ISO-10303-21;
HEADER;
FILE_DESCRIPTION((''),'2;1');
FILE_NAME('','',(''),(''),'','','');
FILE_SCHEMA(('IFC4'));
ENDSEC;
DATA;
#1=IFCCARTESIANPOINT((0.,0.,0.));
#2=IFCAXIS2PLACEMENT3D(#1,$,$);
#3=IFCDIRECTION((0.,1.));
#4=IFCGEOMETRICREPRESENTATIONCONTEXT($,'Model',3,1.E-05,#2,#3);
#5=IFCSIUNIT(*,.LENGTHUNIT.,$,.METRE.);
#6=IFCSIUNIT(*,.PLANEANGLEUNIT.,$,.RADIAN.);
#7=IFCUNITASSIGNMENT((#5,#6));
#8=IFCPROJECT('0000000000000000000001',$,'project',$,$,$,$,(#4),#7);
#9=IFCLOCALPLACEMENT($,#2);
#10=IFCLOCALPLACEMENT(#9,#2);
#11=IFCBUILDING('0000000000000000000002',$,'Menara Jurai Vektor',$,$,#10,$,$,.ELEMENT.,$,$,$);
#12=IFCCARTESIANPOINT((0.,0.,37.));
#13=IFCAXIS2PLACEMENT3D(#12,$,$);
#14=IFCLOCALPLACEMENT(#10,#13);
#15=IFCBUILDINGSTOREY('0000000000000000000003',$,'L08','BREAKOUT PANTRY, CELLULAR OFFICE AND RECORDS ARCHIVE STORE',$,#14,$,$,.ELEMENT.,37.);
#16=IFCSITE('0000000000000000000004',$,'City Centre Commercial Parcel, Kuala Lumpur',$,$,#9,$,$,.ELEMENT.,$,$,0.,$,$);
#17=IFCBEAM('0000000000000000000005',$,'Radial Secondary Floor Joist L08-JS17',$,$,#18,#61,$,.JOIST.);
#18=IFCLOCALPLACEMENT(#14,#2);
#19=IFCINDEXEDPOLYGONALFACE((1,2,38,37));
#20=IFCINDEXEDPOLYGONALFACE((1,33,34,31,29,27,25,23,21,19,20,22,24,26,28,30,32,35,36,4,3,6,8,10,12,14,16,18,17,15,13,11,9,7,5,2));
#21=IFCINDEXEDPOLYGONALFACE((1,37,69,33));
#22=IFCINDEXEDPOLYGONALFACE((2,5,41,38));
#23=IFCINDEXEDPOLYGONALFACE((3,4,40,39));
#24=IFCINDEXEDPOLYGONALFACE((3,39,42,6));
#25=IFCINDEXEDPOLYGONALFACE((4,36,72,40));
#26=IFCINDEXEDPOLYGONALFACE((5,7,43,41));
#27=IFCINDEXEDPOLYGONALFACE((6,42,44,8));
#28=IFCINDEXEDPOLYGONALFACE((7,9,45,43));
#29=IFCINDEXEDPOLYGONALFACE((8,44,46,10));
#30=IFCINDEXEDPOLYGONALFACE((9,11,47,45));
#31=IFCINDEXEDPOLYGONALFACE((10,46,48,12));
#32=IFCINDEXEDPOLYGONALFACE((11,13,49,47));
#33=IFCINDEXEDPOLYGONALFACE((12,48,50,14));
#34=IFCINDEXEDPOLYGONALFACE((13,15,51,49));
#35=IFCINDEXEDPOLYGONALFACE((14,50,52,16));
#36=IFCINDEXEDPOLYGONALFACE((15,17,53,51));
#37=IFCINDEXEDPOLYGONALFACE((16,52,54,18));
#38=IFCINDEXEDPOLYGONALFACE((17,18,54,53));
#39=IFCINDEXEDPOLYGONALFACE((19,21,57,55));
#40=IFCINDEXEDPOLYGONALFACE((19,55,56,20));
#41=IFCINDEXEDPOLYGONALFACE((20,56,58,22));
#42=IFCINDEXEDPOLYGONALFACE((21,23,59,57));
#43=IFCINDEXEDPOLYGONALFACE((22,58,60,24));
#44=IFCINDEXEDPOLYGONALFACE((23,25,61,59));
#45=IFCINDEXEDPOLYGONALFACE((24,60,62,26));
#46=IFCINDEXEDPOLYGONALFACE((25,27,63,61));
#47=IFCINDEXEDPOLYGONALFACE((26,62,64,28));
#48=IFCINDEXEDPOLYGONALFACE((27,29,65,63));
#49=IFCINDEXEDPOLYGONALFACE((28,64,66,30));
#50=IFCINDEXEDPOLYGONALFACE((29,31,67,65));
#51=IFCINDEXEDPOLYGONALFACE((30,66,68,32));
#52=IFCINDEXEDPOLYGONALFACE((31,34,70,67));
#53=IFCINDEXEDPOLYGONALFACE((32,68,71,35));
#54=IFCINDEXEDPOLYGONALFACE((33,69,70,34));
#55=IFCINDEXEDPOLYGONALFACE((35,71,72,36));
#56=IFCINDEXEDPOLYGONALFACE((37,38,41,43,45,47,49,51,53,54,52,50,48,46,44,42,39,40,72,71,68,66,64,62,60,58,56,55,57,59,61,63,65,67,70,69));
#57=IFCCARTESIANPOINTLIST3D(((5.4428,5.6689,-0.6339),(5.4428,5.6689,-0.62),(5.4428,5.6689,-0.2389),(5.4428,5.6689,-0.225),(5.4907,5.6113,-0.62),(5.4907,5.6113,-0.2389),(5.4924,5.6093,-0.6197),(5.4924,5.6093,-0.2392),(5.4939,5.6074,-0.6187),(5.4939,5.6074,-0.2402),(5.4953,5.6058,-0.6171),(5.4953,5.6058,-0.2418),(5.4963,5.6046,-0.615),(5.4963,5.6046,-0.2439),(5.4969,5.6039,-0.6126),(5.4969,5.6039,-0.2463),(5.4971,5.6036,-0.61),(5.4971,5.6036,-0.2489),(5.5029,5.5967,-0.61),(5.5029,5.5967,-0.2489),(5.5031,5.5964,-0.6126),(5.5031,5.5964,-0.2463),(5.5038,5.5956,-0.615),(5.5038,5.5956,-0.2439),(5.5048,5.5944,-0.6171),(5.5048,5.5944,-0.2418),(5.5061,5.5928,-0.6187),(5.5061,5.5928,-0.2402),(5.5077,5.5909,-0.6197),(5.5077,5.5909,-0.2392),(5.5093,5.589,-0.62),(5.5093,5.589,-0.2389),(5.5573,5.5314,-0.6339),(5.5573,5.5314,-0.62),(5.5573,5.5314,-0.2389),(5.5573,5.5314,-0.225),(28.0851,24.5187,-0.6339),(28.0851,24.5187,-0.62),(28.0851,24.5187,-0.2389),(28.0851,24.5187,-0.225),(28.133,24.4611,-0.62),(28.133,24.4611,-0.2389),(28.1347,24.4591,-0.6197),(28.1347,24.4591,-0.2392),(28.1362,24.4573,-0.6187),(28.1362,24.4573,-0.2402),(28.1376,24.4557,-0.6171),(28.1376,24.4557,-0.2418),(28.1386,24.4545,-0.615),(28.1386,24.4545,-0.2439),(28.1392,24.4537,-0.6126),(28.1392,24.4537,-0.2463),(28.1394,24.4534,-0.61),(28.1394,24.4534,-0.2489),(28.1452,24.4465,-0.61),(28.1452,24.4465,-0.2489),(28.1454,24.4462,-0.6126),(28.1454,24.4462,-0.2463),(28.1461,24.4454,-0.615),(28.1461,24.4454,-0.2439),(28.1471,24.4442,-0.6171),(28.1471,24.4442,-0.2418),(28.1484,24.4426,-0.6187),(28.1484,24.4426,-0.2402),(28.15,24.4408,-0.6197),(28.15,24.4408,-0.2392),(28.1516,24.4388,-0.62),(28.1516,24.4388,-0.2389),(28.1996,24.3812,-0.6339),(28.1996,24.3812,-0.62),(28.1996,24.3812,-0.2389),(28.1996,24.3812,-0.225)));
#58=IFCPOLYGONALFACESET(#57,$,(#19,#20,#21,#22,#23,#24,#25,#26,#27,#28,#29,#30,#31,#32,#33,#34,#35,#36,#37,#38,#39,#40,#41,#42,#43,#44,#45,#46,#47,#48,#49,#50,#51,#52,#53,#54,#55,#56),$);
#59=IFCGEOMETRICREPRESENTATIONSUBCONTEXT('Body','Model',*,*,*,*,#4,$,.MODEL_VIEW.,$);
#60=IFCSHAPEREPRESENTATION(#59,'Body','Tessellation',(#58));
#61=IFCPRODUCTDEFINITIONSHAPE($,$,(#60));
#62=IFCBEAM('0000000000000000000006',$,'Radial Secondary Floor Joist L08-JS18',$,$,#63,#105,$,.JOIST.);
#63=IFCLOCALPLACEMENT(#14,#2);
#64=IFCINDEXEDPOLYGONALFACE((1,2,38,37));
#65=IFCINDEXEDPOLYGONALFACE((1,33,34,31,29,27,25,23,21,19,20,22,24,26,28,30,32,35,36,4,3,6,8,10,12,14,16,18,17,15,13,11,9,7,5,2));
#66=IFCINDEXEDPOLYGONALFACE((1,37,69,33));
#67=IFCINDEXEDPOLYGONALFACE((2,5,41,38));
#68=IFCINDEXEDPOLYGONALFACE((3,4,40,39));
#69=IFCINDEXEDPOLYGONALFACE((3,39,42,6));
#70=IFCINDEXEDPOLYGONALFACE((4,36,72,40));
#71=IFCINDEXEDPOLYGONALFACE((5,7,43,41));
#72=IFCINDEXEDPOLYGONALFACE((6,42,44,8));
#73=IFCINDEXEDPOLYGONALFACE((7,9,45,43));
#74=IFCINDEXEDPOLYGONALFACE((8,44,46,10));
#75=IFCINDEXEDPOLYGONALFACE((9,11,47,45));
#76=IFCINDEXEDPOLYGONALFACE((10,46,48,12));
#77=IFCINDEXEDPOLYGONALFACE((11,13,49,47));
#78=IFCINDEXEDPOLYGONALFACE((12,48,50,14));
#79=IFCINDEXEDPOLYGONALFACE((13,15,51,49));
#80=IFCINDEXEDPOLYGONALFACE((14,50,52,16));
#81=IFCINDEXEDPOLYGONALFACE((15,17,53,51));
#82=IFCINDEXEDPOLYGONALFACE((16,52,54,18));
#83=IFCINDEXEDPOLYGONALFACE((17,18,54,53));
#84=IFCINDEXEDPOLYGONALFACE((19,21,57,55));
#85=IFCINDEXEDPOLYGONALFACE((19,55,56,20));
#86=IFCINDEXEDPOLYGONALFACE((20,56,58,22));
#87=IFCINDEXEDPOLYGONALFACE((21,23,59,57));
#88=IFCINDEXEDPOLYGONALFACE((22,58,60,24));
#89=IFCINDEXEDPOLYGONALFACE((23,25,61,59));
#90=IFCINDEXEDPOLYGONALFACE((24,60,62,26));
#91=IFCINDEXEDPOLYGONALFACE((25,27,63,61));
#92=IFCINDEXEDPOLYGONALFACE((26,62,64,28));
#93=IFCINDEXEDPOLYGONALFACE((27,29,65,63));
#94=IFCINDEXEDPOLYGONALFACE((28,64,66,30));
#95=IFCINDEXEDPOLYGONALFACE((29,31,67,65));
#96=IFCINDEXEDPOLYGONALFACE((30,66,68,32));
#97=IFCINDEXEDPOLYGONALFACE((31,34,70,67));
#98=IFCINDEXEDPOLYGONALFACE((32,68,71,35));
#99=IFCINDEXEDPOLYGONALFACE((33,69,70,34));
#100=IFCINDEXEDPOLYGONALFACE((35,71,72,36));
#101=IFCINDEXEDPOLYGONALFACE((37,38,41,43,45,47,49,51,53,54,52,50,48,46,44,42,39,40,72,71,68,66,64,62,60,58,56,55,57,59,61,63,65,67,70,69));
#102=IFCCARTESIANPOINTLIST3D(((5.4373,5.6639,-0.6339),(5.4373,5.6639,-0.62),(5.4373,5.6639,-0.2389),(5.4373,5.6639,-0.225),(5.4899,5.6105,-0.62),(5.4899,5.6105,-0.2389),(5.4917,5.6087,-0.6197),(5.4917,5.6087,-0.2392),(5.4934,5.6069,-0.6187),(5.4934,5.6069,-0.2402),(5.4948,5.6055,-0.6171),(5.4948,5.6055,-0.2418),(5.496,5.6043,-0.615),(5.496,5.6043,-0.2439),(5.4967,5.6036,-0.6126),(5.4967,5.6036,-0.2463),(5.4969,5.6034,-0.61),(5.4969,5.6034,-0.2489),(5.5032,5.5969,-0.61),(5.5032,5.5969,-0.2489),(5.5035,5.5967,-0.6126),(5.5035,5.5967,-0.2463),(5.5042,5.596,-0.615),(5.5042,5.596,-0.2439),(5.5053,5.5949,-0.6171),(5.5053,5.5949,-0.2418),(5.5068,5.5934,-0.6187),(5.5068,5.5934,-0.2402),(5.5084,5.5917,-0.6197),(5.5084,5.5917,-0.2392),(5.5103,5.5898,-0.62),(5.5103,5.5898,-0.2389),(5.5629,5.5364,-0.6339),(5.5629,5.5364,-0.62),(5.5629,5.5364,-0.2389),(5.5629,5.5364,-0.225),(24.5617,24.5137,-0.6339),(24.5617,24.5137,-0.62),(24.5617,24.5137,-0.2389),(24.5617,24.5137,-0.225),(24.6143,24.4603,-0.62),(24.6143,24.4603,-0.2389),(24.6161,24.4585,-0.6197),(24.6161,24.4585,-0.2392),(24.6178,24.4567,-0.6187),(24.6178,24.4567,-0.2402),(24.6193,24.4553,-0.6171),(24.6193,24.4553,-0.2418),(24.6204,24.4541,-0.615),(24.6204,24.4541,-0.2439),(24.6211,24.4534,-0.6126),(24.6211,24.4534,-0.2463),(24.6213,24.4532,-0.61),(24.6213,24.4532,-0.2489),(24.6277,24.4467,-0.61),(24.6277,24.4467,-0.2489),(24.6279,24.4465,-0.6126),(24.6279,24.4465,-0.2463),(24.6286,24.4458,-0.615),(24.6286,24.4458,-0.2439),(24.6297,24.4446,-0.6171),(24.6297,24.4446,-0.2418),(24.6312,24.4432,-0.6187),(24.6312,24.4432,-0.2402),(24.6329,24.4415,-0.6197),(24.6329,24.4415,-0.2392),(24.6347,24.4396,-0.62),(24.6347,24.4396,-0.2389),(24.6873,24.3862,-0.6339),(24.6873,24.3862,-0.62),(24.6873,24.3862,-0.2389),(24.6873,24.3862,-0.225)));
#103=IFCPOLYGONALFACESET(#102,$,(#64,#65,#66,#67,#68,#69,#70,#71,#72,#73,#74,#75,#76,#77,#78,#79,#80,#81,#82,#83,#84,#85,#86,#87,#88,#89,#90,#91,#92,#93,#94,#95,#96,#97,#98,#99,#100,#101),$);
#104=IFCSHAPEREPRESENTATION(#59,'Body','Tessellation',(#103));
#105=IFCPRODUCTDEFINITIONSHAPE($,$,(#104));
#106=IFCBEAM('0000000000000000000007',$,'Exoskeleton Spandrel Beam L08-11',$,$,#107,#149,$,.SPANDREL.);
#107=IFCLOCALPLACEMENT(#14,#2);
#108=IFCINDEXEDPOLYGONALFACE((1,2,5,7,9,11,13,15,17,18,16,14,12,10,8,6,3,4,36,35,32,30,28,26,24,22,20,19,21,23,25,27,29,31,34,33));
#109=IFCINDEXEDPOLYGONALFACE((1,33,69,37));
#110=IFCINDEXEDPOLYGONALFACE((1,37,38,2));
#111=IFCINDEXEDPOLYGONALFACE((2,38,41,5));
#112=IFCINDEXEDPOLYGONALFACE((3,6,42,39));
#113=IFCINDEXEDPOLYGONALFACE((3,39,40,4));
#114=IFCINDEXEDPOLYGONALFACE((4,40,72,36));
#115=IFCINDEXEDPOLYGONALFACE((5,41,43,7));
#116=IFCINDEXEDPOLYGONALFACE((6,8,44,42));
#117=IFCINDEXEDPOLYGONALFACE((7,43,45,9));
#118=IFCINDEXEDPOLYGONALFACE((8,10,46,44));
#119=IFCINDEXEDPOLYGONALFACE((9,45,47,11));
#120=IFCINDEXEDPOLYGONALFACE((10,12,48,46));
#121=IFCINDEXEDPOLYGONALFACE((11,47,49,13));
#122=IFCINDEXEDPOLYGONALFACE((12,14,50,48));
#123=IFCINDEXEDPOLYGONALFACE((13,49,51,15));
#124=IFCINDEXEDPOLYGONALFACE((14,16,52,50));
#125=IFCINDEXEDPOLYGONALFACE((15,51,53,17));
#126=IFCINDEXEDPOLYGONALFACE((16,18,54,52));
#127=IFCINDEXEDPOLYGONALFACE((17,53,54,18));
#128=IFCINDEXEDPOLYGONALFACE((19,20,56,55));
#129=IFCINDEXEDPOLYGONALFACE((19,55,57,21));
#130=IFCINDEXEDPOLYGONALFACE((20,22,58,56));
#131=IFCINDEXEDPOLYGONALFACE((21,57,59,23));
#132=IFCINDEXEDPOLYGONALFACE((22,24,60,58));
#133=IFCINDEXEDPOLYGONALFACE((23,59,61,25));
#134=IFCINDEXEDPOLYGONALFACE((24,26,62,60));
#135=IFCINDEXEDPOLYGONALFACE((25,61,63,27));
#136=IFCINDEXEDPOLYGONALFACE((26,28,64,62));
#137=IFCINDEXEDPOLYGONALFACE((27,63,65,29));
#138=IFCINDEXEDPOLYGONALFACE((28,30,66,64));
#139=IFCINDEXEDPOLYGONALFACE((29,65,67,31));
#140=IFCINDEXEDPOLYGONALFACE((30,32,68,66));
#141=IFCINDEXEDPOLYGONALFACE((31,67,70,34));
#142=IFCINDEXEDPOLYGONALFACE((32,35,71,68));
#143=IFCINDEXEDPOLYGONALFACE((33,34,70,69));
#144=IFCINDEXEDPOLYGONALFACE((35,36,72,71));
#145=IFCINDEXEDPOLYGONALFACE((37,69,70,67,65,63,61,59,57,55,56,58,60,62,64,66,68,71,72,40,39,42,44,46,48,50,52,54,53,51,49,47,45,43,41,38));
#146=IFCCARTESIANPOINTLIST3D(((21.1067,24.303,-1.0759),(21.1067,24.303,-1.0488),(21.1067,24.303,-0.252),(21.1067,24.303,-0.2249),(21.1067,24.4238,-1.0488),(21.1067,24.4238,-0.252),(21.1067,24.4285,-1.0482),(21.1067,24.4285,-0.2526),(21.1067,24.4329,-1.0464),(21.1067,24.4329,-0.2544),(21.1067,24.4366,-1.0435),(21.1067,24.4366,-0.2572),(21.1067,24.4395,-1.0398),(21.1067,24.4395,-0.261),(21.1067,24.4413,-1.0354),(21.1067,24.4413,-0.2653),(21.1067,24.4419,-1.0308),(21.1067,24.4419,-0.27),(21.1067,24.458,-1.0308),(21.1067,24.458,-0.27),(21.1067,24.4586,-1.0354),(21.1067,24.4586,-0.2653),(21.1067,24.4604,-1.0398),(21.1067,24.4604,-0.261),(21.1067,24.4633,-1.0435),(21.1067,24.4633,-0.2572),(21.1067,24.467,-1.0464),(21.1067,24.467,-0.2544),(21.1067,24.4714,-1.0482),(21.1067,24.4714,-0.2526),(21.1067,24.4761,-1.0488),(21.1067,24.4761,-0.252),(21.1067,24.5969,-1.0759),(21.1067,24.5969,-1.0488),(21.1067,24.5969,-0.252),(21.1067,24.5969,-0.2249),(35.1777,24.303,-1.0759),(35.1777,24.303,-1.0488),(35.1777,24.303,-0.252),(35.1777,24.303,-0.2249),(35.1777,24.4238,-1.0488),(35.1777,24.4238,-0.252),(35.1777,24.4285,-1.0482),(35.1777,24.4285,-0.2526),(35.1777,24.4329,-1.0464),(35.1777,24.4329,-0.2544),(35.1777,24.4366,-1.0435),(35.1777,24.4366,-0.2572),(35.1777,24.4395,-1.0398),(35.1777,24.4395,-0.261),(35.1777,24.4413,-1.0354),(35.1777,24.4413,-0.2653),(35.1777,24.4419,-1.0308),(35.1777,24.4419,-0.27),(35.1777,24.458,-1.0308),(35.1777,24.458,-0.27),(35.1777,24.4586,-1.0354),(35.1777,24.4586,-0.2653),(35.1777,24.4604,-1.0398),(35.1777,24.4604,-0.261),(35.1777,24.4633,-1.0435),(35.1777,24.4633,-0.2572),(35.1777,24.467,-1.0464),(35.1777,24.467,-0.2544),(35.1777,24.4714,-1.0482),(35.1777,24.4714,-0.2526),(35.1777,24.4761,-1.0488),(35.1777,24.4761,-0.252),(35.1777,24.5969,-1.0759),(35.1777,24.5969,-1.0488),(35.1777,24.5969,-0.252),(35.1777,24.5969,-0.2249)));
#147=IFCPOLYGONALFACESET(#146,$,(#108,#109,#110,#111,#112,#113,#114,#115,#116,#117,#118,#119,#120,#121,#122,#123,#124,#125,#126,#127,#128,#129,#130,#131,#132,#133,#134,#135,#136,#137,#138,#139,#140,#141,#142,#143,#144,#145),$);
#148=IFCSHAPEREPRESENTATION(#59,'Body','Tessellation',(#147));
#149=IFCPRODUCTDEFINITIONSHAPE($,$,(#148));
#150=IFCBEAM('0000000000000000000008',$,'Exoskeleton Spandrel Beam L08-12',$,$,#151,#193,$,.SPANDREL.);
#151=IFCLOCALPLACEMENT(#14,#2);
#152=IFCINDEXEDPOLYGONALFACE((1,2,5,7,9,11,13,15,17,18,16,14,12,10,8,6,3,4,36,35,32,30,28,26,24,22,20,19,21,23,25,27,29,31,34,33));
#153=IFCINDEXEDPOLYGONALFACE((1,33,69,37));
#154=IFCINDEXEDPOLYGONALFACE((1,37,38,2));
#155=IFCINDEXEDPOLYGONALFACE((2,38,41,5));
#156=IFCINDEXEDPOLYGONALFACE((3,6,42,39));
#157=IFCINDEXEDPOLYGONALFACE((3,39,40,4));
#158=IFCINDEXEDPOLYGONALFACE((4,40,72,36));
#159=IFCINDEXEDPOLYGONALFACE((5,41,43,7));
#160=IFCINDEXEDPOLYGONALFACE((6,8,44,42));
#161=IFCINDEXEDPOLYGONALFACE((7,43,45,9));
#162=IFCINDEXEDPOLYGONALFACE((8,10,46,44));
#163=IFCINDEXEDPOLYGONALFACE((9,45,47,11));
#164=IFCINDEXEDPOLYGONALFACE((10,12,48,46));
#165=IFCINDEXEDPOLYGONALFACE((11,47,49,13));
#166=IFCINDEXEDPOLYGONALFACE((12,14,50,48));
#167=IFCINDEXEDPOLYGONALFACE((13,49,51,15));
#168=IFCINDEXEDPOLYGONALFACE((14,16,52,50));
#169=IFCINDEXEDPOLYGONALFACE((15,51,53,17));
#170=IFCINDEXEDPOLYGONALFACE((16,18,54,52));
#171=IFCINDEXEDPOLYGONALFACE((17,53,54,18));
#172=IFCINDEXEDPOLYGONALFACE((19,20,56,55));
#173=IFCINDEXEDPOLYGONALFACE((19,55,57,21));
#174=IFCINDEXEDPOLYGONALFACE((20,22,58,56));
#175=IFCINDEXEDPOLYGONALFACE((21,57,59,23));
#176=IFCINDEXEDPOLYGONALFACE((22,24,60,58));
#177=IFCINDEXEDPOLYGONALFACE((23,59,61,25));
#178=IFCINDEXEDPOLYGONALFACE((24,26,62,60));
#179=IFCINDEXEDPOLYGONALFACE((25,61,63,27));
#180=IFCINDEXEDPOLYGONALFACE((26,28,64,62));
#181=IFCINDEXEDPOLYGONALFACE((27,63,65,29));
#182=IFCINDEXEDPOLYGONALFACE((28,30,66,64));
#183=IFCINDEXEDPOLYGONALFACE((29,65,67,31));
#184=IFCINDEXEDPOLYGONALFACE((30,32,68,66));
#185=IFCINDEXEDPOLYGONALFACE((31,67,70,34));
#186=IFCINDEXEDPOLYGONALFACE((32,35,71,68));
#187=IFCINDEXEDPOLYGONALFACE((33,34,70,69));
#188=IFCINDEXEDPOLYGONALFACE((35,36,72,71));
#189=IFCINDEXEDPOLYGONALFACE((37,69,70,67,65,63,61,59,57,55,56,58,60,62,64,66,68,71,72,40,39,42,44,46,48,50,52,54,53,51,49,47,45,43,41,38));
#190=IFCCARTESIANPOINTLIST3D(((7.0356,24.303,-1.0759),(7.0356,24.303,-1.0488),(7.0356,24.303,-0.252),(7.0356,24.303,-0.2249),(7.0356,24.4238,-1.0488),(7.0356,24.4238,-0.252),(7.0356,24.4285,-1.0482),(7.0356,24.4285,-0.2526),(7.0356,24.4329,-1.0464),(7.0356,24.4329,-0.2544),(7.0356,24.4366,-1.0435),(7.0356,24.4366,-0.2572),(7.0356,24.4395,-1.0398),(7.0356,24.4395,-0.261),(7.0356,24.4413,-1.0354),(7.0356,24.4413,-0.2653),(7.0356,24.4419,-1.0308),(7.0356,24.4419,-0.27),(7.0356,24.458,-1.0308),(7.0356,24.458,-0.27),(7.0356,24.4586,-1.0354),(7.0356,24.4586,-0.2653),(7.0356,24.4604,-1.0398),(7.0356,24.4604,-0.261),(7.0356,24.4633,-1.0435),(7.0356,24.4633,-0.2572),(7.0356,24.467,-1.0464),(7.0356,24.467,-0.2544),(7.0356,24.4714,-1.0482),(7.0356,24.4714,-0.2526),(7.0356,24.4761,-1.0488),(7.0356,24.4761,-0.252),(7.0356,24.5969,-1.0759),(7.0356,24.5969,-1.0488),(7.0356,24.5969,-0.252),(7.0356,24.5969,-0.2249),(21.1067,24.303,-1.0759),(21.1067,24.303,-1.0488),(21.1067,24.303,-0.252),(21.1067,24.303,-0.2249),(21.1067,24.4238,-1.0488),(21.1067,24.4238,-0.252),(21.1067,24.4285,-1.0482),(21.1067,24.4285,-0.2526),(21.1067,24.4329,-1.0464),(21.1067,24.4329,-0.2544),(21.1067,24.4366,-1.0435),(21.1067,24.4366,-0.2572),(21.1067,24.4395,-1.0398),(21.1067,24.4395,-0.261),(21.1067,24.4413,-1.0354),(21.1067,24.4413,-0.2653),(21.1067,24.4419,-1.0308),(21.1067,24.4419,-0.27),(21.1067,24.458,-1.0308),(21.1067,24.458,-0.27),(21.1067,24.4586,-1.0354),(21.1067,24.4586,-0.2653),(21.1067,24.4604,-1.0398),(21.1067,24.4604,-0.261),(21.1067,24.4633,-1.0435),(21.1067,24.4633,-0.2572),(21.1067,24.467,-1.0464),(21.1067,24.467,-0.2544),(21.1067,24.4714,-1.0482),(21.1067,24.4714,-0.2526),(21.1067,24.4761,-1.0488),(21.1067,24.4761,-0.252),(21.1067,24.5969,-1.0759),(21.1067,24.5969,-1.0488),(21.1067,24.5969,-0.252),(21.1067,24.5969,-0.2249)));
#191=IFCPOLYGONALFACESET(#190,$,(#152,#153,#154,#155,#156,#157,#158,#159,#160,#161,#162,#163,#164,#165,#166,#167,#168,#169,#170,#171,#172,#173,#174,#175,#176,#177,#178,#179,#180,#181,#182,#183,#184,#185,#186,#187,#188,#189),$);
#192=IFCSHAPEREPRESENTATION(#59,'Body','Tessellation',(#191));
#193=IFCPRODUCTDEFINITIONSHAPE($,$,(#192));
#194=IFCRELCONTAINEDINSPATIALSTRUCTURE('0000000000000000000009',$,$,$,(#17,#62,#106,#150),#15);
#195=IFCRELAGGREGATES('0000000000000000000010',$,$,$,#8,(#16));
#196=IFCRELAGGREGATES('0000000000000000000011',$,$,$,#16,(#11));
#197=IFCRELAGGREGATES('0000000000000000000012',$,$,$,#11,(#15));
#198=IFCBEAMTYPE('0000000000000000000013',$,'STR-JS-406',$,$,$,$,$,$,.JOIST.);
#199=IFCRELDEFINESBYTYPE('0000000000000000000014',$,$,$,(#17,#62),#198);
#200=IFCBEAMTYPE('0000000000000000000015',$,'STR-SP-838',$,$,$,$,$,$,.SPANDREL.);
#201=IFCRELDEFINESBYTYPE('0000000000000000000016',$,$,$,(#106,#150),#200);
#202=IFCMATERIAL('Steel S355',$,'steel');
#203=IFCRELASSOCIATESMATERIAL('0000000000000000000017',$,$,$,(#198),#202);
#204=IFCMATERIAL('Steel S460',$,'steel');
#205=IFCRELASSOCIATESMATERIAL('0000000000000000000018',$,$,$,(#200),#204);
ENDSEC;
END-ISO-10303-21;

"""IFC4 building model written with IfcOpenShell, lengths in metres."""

from ifc_helpers import new_model, si_unit, direction, frame, origin, origin_2d, place, context, subcontext, project, spatial, i_section, extrude, material, material_profile, profile_set, type_object, element, save


model = new_model("IFC4")

# Units and contexts
model_context = context("Model", 3, precision=1e-05, world=origin(), true_north=direction((0.0, 1.0)))
body_context = subcontext(model_context, "Body", "Model", "MODEL_VIEW")
ifc_project = project(units=[si_unit("LENGTHUNIT", "METRE"), si_unit("PLANEANGLEUNIT", "RADIAN")], contexts=[model_context])

# Site, building, storey
site_placement = place(None, origin())
site = spatial("IfcSite", under=ifc_project, at=site_placement, Name="City Centre Commercial Parcel, Kuala Lumpur", CompositionType="ELEMENT", RefElevation=0.0)
building_placement = place(site_placement, origin())
building = spatial("IfcBuilding", under=site, at=building_placement, Name="Menara Jurai Vektor", CompositionType="ELEMENT")
storey_placement = place(building_placement, frame((0.0, 0.0, 37.0)))
storey = spatial("IfcBuildingStorey", under=building, at=storey_placement, Name="L08", Description="BREAKOUT PANTRY, CELLULAR OFFICE AND RECORDS ARCHIVE STORE", CompositionType="ELEMENT", Elevation=37.0)

# Shared definitions
ifc_material_1 = material(Name="Steel S460", Category="steel")

# Shared definitions
ifc_material_2 = material(Name="Steel S355", Category="steel")

# Beams
ifc_material_profile_1 = material_profile(ifc_material_2, i_section(OverallWidth=0.179, OverallDepth=0.4089, WebThickness=0.009, FlangeThickness=0.0139, FilletRadius=0.01, at=origin_2d()), Name="UKB 406x178x67")
ifc_profile_set_1 = profile_set([ifc_material_profile_1], Name="Steel S355")
beam_type_1 = type_object("IfcBeamType", Name="STR-JS-406", PredefinedType="JOIST", material=ifc_profile_set_1)
beam_1_placement = place(storey_placement, frame((28.1423, 24.45, -0.4294), z_axis=(-0.768534, -0.639809, 0.0), x_axis=(0.639809, -0.768534, 0.0)))
element("IfcBeam", 1, at=beam_1_placement, inside=storey, type_object=beam_type_1, Name="Radial Secondary Floor Joist L08-JS17", PredefinedType="JOIST", context=body_context, shape_type="SweptSolid", body=[
    extrude(i_section(OverallWidth=0.179, OverallDepth=0.4089, WebThickness=0.009, FlangeThickness=0.0139, FilletRadius=0.01, at=origin_2d()), origin(), (0.0, 0.0, 1.0), 29.4617),
])
beam_2_placement = place(storey_placement, frame((24.6245, 24.45, -0.4294), z_axis=(-0.712202, -0.701974, 0.0), x_axis=(0.701974, -0.712202, 0.0)))
element("IfcBeam", 2, at=beam_2_placement, inside=storey, type_object=beam_type_1, Name="Radial Secondary Floor Joist L08-JS18", PredefinedType="JOIST", context=body_context, shape_type="SweptSolid", body=[
    extrude(i_section(OverallWidth=0.179, OverallDepth=0.4089, WebThickness=0.009, FlangeThickness=0.0139, FilletRadius=0.01, at=origin_2d()), origin(), (0.0, 0.0, 1.0), 26.8525),
])
ifc_material_profile_2 = material_profile(ifc_material_1, i_section(OverallWidth=0.2939, OverallDepth=0.8511, WebThickness=0.0161, FlangeThickness=0.0271, FilletRadius=0.0181, at=origin_2d()), Name="UKB 838x292x226")
ifc_profile_set_2 = profile_set([ifc_material_profile_2], Name="Steel S460")
beam_type_2 = type_object("IfcBeamType", Name="STR-SP-838", PredefinedType="SPANDREL", material=ifc_profile_set_2)
for number, where, z_axis, x_axis, name in (
    (3, (35.1777, 24.45, -0.6504), (-1.0, 0.0, 0.0), (0.0, -1.0, 0.0), "Exoskeleton Spandrel Beam L08-11"),
    (4, (21.1067, 24.45, -0.6504), (-1.0, 0.0, 0.0), (0.0, -1.0, 0.0), "Exoskeleton Spandrel Beam L08-12"),
):
    element("IfcBeam", number, at=place(storey_placement, frame(where, z_axis=z_axis, x_axis=x_axis)), inside=storey, type_object=beam_type_2, Name=name, PredefinedType="SPANDREL", context=body_context, shape_type="SweptSolid", body=[
        extrude(i_section(OverallWidth=0.2939, OverallDepth=0.8511, WebThickness=0.0161, FlangeThickness=0.0271, FilletRadius=0.0181, at=origin_2d()), origin(), (0.0, 0.0, 1.0), 14.071),
    ])

save(model, "model.ifc")
